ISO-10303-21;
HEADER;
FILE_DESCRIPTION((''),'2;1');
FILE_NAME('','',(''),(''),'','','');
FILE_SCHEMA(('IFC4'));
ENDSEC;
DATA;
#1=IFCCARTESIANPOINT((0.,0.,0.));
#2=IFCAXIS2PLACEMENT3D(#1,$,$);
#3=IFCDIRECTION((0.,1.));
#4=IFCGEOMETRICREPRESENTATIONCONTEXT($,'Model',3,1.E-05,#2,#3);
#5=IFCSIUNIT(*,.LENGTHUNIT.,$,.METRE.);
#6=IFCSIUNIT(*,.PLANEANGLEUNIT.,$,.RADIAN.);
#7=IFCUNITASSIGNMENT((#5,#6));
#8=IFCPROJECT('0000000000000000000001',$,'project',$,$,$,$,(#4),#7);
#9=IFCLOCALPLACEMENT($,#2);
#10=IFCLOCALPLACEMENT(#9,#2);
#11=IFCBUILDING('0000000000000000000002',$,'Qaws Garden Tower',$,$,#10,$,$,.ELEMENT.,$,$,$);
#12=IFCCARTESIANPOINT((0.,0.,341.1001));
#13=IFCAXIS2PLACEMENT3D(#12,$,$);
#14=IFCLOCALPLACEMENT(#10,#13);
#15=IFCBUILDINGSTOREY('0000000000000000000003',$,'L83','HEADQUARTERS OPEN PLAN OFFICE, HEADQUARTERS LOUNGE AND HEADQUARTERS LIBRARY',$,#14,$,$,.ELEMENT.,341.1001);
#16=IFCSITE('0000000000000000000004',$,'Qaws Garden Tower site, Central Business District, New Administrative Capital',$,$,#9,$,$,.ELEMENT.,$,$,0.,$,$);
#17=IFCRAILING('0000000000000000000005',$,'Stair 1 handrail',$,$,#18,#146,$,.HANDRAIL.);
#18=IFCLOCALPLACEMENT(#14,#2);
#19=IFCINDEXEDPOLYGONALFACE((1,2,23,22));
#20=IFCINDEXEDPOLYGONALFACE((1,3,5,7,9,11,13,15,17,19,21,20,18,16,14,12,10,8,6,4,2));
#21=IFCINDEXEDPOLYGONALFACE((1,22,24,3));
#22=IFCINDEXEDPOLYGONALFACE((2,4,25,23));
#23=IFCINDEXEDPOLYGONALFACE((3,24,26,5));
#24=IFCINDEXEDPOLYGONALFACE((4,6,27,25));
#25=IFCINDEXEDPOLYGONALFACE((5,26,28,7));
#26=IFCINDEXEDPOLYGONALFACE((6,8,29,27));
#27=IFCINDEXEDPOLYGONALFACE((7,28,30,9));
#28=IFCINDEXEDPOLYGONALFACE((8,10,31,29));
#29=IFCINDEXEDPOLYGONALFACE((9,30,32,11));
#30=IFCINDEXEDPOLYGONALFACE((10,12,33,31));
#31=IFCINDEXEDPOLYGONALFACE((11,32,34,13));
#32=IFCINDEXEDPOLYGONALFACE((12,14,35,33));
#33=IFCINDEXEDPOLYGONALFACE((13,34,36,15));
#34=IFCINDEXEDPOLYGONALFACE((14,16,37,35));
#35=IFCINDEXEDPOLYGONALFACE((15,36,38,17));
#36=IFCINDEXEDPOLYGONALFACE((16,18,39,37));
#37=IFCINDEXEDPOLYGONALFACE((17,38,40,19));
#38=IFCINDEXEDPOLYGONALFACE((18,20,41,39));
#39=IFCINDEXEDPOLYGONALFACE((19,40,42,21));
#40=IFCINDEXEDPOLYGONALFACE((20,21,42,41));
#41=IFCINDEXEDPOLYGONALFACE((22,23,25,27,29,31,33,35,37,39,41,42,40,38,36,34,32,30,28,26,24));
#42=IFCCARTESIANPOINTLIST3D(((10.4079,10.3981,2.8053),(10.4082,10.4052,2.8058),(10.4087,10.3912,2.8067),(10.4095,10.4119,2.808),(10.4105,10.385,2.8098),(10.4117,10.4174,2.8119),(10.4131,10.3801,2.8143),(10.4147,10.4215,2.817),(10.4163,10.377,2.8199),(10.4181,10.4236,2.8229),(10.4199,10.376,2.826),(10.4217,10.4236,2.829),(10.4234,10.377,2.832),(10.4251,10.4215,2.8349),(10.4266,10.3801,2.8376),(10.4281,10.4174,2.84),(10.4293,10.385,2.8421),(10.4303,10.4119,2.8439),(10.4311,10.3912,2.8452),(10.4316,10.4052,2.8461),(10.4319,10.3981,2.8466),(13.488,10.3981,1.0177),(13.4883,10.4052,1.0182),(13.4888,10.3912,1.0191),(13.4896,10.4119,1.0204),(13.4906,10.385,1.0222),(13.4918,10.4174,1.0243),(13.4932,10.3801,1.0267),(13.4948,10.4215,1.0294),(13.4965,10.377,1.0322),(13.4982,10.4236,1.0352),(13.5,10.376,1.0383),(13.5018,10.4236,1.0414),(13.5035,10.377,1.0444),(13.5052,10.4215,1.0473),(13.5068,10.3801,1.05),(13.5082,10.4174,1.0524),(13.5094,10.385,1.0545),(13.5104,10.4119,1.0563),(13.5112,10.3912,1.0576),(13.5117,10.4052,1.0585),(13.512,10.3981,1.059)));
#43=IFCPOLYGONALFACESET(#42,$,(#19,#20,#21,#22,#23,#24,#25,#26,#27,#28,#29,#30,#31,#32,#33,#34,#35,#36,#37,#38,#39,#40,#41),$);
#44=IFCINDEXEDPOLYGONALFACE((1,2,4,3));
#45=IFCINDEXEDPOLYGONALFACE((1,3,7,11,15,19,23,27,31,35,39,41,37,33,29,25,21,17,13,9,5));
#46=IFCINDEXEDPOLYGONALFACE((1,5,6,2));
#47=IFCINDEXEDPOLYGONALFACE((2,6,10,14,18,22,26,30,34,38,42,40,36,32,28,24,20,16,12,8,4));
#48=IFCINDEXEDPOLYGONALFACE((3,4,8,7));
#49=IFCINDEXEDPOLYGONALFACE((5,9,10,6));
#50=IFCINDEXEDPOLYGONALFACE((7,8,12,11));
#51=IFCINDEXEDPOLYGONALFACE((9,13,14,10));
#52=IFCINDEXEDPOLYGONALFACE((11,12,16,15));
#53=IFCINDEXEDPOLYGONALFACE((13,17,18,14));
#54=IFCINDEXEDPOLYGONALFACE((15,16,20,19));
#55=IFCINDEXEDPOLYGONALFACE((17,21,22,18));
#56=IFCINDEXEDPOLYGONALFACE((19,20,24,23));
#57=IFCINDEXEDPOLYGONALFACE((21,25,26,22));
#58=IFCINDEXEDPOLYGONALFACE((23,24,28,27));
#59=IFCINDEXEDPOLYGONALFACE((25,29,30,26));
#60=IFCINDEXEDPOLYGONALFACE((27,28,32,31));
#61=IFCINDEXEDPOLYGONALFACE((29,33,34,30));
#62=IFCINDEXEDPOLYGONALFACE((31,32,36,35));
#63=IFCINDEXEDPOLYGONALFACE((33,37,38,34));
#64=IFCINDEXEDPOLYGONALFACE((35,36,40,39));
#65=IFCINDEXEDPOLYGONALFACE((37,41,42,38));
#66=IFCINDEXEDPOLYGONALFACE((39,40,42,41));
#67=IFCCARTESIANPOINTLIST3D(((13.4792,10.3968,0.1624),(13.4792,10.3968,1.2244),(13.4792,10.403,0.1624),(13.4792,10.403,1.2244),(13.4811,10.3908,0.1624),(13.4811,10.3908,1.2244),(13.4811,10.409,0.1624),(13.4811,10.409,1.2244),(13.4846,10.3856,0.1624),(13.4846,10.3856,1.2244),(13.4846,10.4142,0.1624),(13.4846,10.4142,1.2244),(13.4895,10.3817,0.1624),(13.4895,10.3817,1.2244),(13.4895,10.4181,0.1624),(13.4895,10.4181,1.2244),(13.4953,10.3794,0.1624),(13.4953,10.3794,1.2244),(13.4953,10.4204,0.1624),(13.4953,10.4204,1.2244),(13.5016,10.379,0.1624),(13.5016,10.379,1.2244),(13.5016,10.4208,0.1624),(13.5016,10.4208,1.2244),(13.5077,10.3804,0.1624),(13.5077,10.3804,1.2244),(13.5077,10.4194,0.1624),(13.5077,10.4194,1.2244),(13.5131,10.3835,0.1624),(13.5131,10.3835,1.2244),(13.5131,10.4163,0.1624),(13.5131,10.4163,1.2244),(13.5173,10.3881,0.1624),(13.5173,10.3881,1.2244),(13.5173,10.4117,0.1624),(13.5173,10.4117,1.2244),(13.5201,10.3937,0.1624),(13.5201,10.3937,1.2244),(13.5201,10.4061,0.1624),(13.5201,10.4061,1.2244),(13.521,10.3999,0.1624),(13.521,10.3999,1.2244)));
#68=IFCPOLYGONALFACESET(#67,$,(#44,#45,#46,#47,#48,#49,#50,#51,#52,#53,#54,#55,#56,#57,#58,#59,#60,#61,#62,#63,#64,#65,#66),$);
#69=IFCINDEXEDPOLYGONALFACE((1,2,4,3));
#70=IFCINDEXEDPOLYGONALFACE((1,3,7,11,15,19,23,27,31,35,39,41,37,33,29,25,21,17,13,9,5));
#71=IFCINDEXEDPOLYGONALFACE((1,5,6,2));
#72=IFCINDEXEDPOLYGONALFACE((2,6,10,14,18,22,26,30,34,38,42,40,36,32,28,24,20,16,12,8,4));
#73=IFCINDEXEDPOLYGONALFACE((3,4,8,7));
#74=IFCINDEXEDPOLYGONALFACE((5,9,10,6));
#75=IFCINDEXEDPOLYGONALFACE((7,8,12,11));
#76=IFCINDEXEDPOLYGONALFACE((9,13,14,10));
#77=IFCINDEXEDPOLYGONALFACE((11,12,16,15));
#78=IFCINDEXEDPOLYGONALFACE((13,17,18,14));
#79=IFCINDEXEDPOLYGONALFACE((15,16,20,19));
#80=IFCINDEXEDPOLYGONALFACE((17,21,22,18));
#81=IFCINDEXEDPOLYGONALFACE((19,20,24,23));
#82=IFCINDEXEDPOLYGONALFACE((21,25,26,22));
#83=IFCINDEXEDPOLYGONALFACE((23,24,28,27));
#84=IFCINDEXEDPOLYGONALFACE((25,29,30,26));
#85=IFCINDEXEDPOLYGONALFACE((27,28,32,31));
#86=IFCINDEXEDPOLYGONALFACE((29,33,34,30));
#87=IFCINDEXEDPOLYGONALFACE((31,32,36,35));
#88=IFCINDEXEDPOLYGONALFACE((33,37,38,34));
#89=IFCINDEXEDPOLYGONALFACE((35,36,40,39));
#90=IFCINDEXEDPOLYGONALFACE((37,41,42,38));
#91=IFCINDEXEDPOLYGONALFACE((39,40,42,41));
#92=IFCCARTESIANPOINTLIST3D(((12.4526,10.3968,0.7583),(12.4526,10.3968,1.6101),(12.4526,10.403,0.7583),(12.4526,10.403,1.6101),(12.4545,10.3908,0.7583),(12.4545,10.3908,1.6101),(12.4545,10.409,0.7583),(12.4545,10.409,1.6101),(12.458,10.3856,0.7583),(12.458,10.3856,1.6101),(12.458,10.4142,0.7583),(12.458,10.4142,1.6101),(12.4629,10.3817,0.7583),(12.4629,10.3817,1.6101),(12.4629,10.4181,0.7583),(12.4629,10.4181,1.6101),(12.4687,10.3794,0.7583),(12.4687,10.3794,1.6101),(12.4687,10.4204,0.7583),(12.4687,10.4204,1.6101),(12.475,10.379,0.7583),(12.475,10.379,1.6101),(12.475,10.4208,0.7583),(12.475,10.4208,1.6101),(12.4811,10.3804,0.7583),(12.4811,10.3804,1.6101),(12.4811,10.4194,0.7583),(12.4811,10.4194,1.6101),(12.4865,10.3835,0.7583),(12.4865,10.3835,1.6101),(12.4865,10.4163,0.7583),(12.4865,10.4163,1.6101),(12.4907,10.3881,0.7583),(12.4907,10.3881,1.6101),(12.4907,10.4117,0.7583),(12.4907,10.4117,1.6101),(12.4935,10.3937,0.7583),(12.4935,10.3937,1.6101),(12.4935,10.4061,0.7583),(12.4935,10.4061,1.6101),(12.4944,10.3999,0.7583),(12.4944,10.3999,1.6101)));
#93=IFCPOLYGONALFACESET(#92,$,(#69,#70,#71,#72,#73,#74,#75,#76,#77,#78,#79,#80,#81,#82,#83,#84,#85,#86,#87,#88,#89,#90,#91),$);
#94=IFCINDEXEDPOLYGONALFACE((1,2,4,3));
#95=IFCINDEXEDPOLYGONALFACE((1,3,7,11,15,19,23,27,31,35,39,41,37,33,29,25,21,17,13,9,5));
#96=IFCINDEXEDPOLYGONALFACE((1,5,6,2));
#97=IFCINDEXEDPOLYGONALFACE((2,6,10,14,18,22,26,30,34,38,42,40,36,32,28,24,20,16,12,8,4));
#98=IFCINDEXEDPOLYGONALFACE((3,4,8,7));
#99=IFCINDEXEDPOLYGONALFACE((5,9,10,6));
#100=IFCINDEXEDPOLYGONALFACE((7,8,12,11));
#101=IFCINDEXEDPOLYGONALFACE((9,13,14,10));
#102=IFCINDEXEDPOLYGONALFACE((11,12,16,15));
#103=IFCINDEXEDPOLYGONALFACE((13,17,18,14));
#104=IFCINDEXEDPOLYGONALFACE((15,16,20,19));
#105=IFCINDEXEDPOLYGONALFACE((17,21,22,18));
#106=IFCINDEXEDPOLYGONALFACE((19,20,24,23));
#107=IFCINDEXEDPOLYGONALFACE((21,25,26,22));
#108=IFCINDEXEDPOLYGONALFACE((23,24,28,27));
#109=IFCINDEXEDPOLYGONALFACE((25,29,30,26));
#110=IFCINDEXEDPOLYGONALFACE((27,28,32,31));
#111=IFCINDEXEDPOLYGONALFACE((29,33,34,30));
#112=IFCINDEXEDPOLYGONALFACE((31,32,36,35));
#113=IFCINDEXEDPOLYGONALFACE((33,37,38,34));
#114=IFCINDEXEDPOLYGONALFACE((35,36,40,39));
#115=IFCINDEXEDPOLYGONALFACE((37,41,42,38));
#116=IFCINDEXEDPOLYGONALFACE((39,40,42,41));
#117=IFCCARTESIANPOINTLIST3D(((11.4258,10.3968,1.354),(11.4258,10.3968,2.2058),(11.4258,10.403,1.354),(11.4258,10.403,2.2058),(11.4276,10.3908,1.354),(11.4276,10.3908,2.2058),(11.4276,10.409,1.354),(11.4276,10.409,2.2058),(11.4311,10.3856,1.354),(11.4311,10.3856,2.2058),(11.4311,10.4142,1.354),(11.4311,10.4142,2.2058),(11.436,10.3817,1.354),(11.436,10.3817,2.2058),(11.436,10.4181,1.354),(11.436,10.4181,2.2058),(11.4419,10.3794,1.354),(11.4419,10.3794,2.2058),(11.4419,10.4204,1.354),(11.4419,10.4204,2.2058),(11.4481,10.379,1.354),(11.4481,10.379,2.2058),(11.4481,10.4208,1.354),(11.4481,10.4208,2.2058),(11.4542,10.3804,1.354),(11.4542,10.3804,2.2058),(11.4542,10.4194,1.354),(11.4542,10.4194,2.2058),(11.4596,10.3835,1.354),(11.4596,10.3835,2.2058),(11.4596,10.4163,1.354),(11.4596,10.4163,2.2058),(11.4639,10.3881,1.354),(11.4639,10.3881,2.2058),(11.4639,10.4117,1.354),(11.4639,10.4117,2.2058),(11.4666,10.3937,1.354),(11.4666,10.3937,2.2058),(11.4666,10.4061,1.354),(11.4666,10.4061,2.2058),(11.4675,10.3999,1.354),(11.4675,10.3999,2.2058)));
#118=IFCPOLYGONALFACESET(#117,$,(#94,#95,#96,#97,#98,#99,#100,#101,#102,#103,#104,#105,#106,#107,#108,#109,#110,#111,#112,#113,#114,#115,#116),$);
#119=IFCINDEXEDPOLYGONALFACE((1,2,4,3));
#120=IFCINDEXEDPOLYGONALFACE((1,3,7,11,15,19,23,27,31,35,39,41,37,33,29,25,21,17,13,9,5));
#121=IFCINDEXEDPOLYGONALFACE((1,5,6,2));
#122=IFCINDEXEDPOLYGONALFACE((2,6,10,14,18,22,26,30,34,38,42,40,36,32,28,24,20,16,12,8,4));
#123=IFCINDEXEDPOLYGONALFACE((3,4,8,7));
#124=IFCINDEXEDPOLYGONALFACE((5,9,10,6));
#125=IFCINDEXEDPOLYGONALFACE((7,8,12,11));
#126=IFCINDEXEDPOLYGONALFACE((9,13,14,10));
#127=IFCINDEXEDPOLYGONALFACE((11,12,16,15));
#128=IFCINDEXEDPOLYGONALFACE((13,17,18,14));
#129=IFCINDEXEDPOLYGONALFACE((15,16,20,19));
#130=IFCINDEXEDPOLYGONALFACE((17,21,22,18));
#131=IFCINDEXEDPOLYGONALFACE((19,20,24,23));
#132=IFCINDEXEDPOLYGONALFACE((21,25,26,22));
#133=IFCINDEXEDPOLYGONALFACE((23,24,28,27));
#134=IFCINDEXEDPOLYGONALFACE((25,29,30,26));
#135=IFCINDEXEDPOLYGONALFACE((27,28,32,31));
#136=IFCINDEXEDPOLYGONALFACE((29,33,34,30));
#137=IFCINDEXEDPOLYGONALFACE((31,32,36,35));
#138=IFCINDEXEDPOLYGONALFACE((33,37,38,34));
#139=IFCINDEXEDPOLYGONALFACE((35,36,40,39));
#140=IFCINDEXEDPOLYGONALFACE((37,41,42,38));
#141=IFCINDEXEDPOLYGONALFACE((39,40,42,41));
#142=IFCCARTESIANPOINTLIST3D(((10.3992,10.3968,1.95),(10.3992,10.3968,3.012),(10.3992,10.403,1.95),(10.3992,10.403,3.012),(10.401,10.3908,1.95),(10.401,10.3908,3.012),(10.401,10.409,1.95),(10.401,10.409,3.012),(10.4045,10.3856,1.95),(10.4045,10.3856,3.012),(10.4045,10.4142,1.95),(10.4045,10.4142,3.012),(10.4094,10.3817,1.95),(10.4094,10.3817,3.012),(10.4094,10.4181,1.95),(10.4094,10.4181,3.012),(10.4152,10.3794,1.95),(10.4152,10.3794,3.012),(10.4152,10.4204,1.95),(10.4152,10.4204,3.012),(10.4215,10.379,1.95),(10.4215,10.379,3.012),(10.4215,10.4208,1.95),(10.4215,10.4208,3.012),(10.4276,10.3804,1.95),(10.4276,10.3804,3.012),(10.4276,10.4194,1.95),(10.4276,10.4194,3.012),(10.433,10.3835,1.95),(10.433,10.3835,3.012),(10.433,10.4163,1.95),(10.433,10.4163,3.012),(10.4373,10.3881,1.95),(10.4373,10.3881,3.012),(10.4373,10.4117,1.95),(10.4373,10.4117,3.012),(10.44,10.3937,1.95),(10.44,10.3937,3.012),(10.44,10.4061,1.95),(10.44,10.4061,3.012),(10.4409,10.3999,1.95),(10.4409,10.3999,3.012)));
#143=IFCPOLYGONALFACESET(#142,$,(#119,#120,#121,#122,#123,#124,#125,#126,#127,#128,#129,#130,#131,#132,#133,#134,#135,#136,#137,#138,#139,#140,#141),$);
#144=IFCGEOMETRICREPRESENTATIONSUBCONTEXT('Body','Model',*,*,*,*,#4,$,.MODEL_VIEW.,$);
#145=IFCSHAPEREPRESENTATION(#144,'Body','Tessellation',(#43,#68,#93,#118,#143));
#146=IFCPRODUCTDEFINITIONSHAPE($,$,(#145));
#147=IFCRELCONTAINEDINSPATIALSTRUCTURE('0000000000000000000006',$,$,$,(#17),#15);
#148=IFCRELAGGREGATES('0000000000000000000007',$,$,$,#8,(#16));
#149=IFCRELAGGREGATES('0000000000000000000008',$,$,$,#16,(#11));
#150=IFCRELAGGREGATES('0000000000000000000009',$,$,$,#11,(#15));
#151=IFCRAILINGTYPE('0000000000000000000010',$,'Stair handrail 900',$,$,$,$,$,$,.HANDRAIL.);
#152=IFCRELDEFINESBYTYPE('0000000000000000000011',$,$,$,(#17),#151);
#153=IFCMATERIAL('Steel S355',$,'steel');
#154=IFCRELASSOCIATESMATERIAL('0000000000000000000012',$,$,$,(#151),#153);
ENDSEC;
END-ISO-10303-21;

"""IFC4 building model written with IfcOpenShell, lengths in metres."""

from ifc_helpers import new_model, si_unit, direction, frame, origin, origin_2d, place, context, subcontext, project, spatial, circle, extrude, material, type_object, element, save


model = new_model("IFC4")

# Units and contexts
model_context = context("Model", 3, precision=1e-05, world=origin(), true_north=direction((0.0, 1.0)))
body_context = subcontext(model_context, "Body", "Model", "MODEL_VIEW")
ifc_project = project(units=[si_unit("LENGTHUNIT", "METRE"), si_unit("PLANEANGLEUNIT", "RADIAN")], contexts=[model_context])

# Site, building, storey
site_placement = place(None, origin())
site = spatial("IfcSite", under=ifc_project, at=site_placement, Name="Qaws Garden Tower site, Central Business District, New Administrative Capital", CompositionType="ELEMENT", RefElevation=0.0)
building_placement = place(site_placement, origin())
building = spatial("IfcBuilding", under=site, at=building_placement, Name="Qaws Garden Tower", CompositionType="ELEMENT")
storey_placement = place(building_placement, frame((0.0, 0.0, 341.1001)))
storey = spatial("IfcBuildingStorey", under=building, at=storey_placement, Name="L83", Description="HEADQUARTERS OPEN PLAN OFFICE, HEADQUARTERS LOUNGE AND HEADQUARTERS LIBRARY", CompositionType="ELEMENT", Elevation=341.1001)

# Railing
ifc_material_1 = material(Name="Steel S355", Category="steel")
railing_type = type_object("IfcRailingType", Name="Stair handrail 900", PredefinedType="HANDRAIL", material=ifc_material_1)
railing_placement = place(storey_placement, frame((13.5, 10.3999, 0.1624)))
element("IfcRailing", 1, at=railing_placement, inside=storey, type_object=railing_type, Name="Stair 1 handrail", PredefinedType="HANDRAIL", context=body_context, shape_type="SweptSolid", body=[
    extrude(circle(Radius=0.0239, at=origin_2d()), frame((0.0, 0.0, 0.876), z_axis=(-0.864891, 0.0, 0.50196), x_axis=(0.0, -1.0, 0.0)), (0.0, 0.0, 1.0), 3.5613),
    extrude(circle(Radius=0.021, at=origin_2d()), origin(), (0.0, 0.0, 1.0), 1.062),
    extrude(circle(Radius=0.021, at=origin_2d()), frame((-1.0266, 0.0, 0.5959)), (0.0, 0.0, 1.0), 0.8518),
    extrude(circle(Radius=0.021, at=origin_2d()), frame((-2.0535, 0.0, 1.1917)), (0.0, 0.0, 1.0), 0.8518),
    extrude(circle(Radius=0.021, at=origin_2d()), frame((-3.0801, 0.0, 1.7876)), (0.0, 0.0, 1.0), 1.062),
])

save(model, "model.ifc")
